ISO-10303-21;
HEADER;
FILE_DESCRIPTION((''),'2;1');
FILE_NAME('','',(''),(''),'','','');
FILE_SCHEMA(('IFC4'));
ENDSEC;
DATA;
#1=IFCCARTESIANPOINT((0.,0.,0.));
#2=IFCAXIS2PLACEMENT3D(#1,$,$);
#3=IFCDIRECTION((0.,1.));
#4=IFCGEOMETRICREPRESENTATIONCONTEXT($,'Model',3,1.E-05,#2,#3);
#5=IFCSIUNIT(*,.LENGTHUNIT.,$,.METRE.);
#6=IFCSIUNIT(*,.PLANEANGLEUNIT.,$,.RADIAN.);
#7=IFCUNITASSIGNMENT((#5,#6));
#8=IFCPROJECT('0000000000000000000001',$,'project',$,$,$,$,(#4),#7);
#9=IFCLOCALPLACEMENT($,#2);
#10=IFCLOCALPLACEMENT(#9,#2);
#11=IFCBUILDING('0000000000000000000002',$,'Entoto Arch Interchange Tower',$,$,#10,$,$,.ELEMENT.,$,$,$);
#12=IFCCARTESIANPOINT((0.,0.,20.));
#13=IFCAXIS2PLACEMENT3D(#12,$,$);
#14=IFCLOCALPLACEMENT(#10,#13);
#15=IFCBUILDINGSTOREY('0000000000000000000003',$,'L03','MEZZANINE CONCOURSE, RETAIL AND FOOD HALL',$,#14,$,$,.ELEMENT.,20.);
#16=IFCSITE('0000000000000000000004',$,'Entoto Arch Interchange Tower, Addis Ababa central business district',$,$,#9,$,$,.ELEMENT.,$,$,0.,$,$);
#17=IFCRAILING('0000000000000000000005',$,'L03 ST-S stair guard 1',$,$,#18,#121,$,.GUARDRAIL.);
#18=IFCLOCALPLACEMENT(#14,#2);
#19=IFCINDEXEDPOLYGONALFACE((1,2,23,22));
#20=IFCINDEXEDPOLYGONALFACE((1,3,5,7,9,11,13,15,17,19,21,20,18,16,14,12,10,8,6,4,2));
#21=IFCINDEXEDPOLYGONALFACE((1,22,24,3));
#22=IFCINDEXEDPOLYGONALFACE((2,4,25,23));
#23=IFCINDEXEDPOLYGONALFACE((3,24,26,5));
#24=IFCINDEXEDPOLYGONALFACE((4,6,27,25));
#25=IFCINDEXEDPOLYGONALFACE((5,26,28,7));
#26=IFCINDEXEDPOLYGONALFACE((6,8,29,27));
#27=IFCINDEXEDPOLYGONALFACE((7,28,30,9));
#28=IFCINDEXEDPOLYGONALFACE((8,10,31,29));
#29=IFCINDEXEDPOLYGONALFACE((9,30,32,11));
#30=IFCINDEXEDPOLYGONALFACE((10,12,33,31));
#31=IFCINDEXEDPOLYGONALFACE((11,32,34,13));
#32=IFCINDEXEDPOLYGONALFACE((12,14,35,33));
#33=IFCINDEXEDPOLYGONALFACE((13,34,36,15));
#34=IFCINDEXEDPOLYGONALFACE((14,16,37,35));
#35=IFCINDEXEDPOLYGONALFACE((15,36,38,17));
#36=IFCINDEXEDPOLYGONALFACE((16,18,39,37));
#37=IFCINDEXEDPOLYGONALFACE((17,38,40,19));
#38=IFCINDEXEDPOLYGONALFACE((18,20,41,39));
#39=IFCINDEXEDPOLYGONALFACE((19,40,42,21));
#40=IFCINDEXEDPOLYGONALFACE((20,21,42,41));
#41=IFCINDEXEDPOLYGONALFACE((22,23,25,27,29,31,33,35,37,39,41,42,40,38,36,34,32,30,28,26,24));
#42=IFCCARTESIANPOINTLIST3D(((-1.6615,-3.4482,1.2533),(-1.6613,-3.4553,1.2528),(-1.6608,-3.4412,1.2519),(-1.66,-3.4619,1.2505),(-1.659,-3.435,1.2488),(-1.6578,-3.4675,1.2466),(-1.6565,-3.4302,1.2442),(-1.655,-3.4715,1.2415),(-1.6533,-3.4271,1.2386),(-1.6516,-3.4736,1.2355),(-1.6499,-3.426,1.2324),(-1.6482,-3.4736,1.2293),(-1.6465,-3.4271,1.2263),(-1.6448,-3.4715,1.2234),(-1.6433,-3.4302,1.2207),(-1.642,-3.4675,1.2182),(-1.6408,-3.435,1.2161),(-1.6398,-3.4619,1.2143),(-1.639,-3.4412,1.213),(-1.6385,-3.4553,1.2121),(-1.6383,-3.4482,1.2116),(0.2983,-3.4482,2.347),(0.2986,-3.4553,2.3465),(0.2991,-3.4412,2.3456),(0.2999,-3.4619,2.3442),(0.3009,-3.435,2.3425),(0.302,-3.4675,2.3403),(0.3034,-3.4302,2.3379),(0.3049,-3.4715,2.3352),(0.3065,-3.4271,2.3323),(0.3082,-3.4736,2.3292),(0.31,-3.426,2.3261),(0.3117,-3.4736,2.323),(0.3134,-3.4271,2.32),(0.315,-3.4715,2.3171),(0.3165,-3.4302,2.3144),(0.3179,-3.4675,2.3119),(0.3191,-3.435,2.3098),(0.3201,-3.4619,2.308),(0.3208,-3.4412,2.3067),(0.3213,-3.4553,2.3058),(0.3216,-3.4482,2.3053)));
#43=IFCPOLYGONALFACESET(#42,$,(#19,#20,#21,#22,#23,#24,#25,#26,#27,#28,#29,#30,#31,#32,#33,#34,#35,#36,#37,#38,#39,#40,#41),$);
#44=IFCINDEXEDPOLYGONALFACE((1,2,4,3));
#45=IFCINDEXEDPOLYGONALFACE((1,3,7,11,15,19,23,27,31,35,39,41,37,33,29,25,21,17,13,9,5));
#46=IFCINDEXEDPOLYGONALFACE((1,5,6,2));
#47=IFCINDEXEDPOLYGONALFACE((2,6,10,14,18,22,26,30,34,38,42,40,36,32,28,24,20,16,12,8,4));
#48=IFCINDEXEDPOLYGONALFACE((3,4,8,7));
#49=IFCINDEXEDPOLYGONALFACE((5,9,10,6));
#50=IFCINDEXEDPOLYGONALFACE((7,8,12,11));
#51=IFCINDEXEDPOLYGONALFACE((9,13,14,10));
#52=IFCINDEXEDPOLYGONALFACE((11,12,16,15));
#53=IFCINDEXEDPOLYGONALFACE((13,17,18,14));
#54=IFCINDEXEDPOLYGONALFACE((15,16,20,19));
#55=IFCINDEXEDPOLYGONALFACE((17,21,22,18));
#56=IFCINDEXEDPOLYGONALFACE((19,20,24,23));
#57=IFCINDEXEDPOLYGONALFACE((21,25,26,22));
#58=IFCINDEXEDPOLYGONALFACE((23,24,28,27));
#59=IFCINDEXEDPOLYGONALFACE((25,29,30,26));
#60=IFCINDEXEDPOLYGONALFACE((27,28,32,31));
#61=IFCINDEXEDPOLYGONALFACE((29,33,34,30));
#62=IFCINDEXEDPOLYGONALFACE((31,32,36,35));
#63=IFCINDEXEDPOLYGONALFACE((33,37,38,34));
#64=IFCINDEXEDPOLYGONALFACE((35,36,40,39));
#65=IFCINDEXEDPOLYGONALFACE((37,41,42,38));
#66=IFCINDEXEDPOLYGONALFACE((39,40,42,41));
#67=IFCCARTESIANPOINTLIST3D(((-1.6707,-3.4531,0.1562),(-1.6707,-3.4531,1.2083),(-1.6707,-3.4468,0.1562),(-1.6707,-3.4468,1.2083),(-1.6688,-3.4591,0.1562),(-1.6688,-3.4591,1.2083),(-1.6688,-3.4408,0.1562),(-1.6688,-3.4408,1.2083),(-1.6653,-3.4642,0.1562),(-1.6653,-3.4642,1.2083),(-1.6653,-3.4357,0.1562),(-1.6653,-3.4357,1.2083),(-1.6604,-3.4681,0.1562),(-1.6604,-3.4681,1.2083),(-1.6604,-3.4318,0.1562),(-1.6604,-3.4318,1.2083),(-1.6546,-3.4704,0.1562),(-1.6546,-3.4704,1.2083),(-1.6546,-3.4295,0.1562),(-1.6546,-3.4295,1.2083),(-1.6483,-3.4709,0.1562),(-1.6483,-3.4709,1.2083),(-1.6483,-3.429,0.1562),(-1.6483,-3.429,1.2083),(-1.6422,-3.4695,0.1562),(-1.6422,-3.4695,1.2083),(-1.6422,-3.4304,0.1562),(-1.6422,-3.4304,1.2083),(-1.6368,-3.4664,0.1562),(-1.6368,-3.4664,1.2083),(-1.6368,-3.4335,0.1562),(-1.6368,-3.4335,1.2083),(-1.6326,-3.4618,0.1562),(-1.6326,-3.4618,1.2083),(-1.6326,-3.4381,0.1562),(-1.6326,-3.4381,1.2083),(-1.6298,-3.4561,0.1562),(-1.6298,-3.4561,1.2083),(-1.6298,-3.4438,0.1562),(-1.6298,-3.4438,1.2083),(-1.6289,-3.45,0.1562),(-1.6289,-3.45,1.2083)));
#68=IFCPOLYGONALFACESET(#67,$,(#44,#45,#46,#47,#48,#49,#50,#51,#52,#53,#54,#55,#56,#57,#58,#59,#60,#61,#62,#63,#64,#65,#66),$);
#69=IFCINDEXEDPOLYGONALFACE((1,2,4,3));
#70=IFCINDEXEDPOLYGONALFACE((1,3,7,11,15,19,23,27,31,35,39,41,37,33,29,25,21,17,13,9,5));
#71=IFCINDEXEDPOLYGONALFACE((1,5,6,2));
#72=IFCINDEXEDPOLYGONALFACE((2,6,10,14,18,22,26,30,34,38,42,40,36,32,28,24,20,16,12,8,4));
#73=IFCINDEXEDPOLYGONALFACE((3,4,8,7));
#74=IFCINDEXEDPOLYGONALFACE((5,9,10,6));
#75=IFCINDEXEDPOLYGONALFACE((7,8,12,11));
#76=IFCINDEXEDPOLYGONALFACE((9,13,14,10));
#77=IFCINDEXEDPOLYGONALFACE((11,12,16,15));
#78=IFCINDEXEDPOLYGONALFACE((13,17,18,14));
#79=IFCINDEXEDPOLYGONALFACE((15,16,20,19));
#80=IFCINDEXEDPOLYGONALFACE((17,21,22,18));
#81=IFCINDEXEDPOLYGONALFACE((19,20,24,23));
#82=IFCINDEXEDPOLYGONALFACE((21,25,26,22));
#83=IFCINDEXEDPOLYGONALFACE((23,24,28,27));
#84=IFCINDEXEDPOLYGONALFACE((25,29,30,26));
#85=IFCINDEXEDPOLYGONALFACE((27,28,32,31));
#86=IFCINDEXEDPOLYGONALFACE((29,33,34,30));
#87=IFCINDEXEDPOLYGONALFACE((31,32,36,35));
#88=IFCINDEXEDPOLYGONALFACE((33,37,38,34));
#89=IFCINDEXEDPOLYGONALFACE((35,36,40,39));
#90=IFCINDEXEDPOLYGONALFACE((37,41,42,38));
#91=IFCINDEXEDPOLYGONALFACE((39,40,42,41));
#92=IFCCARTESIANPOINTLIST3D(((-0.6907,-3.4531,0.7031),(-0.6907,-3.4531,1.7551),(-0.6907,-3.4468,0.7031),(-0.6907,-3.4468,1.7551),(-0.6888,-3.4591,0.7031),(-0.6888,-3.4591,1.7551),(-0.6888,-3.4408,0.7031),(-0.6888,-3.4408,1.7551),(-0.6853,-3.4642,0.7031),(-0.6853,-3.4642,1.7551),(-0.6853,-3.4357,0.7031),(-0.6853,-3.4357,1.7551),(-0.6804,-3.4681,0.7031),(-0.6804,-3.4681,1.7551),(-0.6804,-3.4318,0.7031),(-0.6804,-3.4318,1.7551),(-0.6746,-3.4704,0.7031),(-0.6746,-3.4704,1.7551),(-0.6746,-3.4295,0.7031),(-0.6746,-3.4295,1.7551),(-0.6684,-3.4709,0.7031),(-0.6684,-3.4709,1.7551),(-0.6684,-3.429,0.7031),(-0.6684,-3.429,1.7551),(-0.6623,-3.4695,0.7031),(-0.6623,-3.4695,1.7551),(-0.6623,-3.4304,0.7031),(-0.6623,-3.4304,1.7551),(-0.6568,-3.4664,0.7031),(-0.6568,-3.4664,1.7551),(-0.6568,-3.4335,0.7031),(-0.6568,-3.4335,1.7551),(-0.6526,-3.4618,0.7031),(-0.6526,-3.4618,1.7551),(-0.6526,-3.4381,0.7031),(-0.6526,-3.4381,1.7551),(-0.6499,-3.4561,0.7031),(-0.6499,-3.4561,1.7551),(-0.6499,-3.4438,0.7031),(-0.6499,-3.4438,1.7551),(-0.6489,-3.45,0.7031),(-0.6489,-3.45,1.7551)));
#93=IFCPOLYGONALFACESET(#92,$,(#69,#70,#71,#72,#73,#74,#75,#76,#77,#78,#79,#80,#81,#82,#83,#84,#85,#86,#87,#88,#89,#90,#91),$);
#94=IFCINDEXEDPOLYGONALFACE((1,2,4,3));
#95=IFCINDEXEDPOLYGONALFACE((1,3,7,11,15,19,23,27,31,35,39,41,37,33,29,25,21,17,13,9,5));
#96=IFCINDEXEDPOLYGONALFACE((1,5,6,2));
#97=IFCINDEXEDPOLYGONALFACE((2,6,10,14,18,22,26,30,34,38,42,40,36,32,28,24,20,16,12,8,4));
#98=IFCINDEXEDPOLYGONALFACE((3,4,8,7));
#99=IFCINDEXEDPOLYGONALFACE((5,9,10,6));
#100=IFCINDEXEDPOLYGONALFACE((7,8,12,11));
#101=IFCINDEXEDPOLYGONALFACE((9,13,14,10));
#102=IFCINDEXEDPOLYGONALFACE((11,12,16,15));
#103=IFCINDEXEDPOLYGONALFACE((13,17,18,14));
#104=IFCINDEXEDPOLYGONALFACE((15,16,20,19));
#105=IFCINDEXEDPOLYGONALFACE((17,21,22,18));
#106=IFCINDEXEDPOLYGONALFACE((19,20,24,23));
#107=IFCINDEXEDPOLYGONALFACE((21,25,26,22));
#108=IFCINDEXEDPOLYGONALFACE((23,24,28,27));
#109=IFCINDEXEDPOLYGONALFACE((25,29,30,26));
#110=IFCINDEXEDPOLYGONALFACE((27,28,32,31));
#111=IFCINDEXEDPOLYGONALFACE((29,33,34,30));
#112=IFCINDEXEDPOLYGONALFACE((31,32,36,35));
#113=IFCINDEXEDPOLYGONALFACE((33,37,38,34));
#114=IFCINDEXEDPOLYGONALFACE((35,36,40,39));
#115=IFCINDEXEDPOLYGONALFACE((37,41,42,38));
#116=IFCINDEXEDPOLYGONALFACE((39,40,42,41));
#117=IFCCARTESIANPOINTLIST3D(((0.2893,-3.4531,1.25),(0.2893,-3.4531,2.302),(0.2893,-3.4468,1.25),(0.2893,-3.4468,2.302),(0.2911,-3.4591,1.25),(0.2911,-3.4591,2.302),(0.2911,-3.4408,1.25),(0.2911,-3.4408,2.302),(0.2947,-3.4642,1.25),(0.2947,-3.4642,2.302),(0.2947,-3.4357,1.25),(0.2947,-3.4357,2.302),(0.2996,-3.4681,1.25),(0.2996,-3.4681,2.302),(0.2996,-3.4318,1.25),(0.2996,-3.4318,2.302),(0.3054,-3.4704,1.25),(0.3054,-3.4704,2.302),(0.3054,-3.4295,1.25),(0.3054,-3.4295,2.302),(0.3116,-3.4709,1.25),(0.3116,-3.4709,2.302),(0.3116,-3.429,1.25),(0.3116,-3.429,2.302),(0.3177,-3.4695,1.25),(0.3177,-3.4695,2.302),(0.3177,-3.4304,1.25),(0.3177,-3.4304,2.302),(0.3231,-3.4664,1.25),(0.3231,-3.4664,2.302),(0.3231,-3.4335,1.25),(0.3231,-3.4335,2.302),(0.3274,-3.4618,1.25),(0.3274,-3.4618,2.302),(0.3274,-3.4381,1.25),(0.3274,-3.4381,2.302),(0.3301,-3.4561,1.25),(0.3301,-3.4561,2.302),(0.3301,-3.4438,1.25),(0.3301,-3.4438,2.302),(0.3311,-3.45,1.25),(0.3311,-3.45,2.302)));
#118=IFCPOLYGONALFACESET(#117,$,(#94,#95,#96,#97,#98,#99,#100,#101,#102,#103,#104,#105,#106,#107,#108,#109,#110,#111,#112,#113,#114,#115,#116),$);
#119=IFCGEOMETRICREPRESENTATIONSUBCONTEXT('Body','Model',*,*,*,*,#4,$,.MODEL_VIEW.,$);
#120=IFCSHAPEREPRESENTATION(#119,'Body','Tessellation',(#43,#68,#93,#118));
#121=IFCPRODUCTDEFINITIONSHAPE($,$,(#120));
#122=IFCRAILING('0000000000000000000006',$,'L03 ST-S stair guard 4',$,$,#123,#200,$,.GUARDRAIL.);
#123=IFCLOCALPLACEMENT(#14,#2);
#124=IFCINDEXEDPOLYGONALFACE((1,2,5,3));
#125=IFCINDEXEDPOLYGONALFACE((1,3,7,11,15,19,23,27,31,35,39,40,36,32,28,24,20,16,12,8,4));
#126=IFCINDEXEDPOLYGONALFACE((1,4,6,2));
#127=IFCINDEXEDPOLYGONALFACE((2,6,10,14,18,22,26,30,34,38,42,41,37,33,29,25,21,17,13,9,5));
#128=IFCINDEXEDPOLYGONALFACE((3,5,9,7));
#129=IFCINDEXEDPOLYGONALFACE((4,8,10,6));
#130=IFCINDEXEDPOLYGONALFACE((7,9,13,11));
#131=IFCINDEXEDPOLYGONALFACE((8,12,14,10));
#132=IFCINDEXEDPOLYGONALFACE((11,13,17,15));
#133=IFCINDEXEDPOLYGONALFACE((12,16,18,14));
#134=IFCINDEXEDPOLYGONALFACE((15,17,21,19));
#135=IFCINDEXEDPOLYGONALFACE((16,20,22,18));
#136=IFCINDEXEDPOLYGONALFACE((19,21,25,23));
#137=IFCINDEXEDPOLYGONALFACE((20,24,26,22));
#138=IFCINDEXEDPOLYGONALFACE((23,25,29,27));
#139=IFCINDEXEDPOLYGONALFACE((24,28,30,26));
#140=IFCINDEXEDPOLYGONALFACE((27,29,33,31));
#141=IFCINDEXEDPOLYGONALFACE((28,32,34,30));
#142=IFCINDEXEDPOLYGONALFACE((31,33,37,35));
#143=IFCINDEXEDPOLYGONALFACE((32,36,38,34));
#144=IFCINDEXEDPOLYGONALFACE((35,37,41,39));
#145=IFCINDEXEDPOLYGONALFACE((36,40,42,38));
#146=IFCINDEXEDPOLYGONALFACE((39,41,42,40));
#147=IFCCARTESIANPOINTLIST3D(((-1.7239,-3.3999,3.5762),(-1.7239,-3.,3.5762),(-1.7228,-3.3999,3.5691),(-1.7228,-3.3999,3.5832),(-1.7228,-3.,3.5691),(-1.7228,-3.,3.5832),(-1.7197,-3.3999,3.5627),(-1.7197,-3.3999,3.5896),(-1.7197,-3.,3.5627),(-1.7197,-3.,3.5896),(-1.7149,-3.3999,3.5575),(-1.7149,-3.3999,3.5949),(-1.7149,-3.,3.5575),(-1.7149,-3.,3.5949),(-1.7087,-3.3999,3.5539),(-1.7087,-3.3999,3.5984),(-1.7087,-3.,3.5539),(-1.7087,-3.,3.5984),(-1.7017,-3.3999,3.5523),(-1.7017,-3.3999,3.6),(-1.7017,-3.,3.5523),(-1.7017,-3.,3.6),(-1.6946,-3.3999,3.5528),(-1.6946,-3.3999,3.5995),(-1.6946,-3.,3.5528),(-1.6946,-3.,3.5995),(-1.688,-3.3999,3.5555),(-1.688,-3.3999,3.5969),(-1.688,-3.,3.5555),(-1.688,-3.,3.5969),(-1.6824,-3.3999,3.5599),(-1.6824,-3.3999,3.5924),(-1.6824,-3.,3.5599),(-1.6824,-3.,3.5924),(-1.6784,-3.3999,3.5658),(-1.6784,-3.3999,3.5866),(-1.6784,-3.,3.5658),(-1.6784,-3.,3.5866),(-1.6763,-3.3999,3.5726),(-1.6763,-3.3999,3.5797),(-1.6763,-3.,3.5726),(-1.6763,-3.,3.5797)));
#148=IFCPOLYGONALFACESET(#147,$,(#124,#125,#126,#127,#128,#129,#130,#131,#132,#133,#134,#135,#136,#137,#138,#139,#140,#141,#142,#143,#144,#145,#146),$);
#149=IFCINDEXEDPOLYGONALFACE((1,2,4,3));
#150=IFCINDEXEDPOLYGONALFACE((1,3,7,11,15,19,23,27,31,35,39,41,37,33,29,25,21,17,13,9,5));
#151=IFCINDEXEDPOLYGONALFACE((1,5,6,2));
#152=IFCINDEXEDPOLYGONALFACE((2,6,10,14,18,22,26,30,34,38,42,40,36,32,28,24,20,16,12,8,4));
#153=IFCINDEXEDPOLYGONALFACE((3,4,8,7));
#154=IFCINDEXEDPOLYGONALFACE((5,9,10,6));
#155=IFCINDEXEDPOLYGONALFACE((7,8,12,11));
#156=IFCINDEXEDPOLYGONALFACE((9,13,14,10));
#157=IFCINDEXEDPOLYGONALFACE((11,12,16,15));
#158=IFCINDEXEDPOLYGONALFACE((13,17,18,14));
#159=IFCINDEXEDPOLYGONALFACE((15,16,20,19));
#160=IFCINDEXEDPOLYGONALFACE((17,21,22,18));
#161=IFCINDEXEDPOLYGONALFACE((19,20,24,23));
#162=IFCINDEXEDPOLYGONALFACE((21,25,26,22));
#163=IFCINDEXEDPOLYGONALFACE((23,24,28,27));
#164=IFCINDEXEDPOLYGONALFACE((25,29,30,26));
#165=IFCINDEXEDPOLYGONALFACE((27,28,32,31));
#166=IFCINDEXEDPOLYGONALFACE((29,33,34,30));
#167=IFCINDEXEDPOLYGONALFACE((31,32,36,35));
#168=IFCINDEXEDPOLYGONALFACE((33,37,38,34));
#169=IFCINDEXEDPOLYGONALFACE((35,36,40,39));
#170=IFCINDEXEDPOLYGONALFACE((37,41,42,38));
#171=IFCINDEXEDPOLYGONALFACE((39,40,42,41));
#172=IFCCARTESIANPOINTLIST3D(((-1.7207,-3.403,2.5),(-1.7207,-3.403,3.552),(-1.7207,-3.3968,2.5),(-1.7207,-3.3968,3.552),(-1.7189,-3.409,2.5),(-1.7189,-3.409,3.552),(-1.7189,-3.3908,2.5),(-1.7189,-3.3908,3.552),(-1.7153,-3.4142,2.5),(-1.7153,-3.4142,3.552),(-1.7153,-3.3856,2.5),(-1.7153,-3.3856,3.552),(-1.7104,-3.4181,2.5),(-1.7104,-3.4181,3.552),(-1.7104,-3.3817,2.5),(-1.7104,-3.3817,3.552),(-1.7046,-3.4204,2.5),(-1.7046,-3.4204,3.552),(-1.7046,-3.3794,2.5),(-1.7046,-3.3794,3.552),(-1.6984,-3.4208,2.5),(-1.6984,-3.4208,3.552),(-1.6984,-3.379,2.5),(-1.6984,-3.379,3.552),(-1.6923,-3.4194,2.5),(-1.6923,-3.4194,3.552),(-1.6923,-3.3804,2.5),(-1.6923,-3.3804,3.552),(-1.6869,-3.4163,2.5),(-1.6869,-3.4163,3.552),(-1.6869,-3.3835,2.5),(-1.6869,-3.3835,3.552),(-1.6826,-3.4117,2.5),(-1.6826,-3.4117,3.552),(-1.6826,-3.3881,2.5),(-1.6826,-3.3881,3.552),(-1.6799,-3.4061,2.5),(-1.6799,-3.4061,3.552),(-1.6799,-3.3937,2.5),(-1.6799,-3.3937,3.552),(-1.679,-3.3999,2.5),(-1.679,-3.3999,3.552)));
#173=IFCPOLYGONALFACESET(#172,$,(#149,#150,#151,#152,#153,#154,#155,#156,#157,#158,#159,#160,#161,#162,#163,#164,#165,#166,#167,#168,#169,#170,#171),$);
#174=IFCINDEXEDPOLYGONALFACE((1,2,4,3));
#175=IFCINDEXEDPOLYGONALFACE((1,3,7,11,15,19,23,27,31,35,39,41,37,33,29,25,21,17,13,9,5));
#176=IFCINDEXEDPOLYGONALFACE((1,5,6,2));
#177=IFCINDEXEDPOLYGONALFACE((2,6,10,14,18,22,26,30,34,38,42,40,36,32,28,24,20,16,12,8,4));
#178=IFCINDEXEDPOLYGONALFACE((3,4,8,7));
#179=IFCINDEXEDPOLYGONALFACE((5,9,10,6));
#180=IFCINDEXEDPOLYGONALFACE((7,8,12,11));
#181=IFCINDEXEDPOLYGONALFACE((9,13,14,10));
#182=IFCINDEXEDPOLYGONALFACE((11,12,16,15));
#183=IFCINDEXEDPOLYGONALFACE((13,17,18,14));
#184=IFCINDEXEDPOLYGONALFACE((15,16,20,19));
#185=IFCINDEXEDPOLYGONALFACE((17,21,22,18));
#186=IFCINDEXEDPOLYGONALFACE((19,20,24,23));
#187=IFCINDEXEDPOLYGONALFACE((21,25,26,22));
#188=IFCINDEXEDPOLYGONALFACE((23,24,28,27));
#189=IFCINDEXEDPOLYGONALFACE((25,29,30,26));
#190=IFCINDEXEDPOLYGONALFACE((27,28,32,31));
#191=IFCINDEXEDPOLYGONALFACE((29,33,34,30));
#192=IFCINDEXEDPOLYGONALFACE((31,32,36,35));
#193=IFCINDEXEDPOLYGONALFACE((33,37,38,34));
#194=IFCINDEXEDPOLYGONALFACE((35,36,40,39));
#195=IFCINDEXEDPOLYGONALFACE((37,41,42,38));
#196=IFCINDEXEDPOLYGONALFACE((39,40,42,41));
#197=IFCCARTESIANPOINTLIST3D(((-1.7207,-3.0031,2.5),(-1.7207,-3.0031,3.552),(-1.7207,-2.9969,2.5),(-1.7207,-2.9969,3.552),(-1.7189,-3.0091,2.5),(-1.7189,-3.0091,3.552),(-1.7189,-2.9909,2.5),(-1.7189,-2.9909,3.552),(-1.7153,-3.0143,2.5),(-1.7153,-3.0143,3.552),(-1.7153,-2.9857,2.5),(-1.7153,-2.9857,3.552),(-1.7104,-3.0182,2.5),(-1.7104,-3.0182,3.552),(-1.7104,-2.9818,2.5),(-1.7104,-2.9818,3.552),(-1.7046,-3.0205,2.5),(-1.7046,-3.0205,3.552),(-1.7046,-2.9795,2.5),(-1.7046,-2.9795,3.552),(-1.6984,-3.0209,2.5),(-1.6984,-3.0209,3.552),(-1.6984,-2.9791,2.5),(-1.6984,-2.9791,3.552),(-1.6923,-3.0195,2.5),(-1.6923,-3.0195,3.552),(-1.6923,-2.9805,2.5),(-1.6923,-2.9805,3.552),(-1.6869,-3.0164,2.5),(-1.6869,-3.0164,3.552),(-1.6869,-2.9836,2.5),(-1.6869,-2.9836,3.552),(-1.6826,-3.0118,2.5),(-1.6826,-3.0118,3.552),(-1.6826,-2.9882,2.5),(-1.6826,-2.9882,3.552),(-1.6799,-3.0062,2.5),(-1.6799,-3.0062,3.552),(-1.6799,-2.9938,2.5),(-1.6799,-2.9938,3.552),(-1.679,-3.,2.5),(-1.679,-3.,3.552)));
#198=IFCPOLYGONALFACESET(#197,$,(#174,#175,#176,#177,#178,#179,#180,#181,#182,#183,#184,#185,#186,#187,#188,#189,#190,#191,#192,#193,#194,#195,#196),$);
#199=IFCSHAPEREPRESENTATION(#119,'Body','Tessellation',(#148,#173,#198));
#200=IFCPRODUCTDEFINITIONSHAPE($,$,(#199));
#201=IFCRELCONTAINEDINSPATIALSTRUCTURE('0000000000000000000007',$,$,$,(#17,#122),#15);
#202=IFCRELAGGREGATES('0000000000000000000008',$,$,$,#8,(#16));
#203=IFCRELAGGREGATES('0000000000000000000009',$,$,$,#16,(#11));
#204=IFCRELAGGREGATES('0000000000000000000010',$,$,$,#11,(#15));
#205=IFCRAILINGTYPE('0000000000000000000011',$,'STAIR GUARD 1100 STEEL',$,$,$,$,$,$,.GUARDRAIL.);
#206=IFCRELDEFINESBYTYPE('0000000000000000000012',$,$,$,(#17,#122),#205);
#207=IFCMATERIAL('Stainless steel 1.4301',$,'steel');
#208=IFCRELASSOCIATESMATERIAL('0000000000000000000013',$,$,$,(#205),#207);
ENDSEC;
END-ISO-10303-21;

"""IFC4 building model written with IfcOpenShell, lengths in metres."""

from ifc_helpers import new_model, si_unit, direction, frame, origin, origin_2d, place, context, subcontext, project, spatial, circle, extrude, material, type_object, element, save


model = new_model("IFC4")

# Units and contexts
model_context = context("Model", 3, precision=1e-05, world=origin(), true_north=direction((0.0, 1.0)))
body_context = subcontext(model_context, "Body", "Model", "MODEL_VIEW")
ifc_project = project(units=[si_unit("LENGTHUNIT", "METRE"), si_unit("PLANEANGLEUNIT", "RADIAN")], contexts=[model_context])

# Site, building, storey
site_placement = place(None, origin())
site = spatial("IfcSite", under=ifc_project, at=site_placement, Name="Entoto Arch Interchange Tower, Addis Ababa central business district", CompositionType="ELEMENT", RefElevation=0.0)
building_placement = place(site_placement, origin())
building = spatial("IfcBuilding", under=site, at=building_placement, Name="Entoto Arch Interchange Tower", CompositionType="ELEMENT")
storey_placement = place(building_placement, frame((0.0, 0.0, 20.0)))
storey = spatial("IfcBuildingStorey", under=building, at=storey_placement, Name="L03", Description="MEZZANINE CONCOURSE, RETAIL AND FOOD HALL", CompositionType="ELEMENT", Elevation=20.0)

# Railings
ifc_material_1 = material(Name="Stainless steel 1.4301", Category="steel")
railing_type_1 = type_object("IfcRailingType", Name="STAIR GUARD 1100 STEEL", PredefinedType="GUARDRAIL", material=ifc_material_1)
railing_1_placement = place(storey_placement, frame((-1.6499, -3.45, 0.1562)))
element("IfcRailing", 1, at=railing_1_placement, inside=storey, type_object=railing_type_1, Name="L03 ST-S stair guard 1", PredefinedType="GUARDRAIL", context=body_context, shape_type="SweptSolid", body=[
    extrude(circle(Radius=0.0239, at=origin_2d()), frame((0.0, 0.0, 1.0762), z_axis=(0.873232, 0.0, 0.487304), x_axis=(0.0, 1.0, 0.0)), (0.0, 0.0, 1.0), 2.2444),
    extrude(circle(Radius=0.021, at=origin_2d()), origin(), (0.0, 0.0, 1.0), 1.052),
    extrude(circle(Radius=0.021, at=origin_2d()), frame((0.98, 0.0, 0.5469)), (0.0, 0.0, 1.0), 1.052),
    extrude(circle(Radius=0.021, at=origin_2d()), frame((1.96, 0.0, 1.0938)), (0.0, 0.0, 1.0), 1.052),
])
railing_2_placement = place(storey_placement, frame((-1.7, -3.3999, 2.5)))
element("IfcRailing", 2, at=railing_2_placement, inside=storey, type_object=railing_type_1, Name="L03 ST-S stair guard 4", PredefinedType="GUARDRAIL", context=body_context, shape_type="SweptSolid", body=[
    extrude(circle(Radius=0.0239, at=origin_2d()), frame((0.0, 0.0, 1.0762), z_axis=(0.0, 1.0, 0.0), x_axis=(-1.0, 0.0, 0.0)), (0.0, 0.0, 1.0), 0.3999),
    extrude(circle(Radius=0.021, at=origin_2d()), origin(), (0.0, 0.0, 1.0), 1.052),
    extrude(circle(Radius=0.021, at=origin_2d()), frame((0.0, 0.3999, 0.0)), (0.0, 0.0, 1.0), 1.052),
])

save(model, "model.ifc")
